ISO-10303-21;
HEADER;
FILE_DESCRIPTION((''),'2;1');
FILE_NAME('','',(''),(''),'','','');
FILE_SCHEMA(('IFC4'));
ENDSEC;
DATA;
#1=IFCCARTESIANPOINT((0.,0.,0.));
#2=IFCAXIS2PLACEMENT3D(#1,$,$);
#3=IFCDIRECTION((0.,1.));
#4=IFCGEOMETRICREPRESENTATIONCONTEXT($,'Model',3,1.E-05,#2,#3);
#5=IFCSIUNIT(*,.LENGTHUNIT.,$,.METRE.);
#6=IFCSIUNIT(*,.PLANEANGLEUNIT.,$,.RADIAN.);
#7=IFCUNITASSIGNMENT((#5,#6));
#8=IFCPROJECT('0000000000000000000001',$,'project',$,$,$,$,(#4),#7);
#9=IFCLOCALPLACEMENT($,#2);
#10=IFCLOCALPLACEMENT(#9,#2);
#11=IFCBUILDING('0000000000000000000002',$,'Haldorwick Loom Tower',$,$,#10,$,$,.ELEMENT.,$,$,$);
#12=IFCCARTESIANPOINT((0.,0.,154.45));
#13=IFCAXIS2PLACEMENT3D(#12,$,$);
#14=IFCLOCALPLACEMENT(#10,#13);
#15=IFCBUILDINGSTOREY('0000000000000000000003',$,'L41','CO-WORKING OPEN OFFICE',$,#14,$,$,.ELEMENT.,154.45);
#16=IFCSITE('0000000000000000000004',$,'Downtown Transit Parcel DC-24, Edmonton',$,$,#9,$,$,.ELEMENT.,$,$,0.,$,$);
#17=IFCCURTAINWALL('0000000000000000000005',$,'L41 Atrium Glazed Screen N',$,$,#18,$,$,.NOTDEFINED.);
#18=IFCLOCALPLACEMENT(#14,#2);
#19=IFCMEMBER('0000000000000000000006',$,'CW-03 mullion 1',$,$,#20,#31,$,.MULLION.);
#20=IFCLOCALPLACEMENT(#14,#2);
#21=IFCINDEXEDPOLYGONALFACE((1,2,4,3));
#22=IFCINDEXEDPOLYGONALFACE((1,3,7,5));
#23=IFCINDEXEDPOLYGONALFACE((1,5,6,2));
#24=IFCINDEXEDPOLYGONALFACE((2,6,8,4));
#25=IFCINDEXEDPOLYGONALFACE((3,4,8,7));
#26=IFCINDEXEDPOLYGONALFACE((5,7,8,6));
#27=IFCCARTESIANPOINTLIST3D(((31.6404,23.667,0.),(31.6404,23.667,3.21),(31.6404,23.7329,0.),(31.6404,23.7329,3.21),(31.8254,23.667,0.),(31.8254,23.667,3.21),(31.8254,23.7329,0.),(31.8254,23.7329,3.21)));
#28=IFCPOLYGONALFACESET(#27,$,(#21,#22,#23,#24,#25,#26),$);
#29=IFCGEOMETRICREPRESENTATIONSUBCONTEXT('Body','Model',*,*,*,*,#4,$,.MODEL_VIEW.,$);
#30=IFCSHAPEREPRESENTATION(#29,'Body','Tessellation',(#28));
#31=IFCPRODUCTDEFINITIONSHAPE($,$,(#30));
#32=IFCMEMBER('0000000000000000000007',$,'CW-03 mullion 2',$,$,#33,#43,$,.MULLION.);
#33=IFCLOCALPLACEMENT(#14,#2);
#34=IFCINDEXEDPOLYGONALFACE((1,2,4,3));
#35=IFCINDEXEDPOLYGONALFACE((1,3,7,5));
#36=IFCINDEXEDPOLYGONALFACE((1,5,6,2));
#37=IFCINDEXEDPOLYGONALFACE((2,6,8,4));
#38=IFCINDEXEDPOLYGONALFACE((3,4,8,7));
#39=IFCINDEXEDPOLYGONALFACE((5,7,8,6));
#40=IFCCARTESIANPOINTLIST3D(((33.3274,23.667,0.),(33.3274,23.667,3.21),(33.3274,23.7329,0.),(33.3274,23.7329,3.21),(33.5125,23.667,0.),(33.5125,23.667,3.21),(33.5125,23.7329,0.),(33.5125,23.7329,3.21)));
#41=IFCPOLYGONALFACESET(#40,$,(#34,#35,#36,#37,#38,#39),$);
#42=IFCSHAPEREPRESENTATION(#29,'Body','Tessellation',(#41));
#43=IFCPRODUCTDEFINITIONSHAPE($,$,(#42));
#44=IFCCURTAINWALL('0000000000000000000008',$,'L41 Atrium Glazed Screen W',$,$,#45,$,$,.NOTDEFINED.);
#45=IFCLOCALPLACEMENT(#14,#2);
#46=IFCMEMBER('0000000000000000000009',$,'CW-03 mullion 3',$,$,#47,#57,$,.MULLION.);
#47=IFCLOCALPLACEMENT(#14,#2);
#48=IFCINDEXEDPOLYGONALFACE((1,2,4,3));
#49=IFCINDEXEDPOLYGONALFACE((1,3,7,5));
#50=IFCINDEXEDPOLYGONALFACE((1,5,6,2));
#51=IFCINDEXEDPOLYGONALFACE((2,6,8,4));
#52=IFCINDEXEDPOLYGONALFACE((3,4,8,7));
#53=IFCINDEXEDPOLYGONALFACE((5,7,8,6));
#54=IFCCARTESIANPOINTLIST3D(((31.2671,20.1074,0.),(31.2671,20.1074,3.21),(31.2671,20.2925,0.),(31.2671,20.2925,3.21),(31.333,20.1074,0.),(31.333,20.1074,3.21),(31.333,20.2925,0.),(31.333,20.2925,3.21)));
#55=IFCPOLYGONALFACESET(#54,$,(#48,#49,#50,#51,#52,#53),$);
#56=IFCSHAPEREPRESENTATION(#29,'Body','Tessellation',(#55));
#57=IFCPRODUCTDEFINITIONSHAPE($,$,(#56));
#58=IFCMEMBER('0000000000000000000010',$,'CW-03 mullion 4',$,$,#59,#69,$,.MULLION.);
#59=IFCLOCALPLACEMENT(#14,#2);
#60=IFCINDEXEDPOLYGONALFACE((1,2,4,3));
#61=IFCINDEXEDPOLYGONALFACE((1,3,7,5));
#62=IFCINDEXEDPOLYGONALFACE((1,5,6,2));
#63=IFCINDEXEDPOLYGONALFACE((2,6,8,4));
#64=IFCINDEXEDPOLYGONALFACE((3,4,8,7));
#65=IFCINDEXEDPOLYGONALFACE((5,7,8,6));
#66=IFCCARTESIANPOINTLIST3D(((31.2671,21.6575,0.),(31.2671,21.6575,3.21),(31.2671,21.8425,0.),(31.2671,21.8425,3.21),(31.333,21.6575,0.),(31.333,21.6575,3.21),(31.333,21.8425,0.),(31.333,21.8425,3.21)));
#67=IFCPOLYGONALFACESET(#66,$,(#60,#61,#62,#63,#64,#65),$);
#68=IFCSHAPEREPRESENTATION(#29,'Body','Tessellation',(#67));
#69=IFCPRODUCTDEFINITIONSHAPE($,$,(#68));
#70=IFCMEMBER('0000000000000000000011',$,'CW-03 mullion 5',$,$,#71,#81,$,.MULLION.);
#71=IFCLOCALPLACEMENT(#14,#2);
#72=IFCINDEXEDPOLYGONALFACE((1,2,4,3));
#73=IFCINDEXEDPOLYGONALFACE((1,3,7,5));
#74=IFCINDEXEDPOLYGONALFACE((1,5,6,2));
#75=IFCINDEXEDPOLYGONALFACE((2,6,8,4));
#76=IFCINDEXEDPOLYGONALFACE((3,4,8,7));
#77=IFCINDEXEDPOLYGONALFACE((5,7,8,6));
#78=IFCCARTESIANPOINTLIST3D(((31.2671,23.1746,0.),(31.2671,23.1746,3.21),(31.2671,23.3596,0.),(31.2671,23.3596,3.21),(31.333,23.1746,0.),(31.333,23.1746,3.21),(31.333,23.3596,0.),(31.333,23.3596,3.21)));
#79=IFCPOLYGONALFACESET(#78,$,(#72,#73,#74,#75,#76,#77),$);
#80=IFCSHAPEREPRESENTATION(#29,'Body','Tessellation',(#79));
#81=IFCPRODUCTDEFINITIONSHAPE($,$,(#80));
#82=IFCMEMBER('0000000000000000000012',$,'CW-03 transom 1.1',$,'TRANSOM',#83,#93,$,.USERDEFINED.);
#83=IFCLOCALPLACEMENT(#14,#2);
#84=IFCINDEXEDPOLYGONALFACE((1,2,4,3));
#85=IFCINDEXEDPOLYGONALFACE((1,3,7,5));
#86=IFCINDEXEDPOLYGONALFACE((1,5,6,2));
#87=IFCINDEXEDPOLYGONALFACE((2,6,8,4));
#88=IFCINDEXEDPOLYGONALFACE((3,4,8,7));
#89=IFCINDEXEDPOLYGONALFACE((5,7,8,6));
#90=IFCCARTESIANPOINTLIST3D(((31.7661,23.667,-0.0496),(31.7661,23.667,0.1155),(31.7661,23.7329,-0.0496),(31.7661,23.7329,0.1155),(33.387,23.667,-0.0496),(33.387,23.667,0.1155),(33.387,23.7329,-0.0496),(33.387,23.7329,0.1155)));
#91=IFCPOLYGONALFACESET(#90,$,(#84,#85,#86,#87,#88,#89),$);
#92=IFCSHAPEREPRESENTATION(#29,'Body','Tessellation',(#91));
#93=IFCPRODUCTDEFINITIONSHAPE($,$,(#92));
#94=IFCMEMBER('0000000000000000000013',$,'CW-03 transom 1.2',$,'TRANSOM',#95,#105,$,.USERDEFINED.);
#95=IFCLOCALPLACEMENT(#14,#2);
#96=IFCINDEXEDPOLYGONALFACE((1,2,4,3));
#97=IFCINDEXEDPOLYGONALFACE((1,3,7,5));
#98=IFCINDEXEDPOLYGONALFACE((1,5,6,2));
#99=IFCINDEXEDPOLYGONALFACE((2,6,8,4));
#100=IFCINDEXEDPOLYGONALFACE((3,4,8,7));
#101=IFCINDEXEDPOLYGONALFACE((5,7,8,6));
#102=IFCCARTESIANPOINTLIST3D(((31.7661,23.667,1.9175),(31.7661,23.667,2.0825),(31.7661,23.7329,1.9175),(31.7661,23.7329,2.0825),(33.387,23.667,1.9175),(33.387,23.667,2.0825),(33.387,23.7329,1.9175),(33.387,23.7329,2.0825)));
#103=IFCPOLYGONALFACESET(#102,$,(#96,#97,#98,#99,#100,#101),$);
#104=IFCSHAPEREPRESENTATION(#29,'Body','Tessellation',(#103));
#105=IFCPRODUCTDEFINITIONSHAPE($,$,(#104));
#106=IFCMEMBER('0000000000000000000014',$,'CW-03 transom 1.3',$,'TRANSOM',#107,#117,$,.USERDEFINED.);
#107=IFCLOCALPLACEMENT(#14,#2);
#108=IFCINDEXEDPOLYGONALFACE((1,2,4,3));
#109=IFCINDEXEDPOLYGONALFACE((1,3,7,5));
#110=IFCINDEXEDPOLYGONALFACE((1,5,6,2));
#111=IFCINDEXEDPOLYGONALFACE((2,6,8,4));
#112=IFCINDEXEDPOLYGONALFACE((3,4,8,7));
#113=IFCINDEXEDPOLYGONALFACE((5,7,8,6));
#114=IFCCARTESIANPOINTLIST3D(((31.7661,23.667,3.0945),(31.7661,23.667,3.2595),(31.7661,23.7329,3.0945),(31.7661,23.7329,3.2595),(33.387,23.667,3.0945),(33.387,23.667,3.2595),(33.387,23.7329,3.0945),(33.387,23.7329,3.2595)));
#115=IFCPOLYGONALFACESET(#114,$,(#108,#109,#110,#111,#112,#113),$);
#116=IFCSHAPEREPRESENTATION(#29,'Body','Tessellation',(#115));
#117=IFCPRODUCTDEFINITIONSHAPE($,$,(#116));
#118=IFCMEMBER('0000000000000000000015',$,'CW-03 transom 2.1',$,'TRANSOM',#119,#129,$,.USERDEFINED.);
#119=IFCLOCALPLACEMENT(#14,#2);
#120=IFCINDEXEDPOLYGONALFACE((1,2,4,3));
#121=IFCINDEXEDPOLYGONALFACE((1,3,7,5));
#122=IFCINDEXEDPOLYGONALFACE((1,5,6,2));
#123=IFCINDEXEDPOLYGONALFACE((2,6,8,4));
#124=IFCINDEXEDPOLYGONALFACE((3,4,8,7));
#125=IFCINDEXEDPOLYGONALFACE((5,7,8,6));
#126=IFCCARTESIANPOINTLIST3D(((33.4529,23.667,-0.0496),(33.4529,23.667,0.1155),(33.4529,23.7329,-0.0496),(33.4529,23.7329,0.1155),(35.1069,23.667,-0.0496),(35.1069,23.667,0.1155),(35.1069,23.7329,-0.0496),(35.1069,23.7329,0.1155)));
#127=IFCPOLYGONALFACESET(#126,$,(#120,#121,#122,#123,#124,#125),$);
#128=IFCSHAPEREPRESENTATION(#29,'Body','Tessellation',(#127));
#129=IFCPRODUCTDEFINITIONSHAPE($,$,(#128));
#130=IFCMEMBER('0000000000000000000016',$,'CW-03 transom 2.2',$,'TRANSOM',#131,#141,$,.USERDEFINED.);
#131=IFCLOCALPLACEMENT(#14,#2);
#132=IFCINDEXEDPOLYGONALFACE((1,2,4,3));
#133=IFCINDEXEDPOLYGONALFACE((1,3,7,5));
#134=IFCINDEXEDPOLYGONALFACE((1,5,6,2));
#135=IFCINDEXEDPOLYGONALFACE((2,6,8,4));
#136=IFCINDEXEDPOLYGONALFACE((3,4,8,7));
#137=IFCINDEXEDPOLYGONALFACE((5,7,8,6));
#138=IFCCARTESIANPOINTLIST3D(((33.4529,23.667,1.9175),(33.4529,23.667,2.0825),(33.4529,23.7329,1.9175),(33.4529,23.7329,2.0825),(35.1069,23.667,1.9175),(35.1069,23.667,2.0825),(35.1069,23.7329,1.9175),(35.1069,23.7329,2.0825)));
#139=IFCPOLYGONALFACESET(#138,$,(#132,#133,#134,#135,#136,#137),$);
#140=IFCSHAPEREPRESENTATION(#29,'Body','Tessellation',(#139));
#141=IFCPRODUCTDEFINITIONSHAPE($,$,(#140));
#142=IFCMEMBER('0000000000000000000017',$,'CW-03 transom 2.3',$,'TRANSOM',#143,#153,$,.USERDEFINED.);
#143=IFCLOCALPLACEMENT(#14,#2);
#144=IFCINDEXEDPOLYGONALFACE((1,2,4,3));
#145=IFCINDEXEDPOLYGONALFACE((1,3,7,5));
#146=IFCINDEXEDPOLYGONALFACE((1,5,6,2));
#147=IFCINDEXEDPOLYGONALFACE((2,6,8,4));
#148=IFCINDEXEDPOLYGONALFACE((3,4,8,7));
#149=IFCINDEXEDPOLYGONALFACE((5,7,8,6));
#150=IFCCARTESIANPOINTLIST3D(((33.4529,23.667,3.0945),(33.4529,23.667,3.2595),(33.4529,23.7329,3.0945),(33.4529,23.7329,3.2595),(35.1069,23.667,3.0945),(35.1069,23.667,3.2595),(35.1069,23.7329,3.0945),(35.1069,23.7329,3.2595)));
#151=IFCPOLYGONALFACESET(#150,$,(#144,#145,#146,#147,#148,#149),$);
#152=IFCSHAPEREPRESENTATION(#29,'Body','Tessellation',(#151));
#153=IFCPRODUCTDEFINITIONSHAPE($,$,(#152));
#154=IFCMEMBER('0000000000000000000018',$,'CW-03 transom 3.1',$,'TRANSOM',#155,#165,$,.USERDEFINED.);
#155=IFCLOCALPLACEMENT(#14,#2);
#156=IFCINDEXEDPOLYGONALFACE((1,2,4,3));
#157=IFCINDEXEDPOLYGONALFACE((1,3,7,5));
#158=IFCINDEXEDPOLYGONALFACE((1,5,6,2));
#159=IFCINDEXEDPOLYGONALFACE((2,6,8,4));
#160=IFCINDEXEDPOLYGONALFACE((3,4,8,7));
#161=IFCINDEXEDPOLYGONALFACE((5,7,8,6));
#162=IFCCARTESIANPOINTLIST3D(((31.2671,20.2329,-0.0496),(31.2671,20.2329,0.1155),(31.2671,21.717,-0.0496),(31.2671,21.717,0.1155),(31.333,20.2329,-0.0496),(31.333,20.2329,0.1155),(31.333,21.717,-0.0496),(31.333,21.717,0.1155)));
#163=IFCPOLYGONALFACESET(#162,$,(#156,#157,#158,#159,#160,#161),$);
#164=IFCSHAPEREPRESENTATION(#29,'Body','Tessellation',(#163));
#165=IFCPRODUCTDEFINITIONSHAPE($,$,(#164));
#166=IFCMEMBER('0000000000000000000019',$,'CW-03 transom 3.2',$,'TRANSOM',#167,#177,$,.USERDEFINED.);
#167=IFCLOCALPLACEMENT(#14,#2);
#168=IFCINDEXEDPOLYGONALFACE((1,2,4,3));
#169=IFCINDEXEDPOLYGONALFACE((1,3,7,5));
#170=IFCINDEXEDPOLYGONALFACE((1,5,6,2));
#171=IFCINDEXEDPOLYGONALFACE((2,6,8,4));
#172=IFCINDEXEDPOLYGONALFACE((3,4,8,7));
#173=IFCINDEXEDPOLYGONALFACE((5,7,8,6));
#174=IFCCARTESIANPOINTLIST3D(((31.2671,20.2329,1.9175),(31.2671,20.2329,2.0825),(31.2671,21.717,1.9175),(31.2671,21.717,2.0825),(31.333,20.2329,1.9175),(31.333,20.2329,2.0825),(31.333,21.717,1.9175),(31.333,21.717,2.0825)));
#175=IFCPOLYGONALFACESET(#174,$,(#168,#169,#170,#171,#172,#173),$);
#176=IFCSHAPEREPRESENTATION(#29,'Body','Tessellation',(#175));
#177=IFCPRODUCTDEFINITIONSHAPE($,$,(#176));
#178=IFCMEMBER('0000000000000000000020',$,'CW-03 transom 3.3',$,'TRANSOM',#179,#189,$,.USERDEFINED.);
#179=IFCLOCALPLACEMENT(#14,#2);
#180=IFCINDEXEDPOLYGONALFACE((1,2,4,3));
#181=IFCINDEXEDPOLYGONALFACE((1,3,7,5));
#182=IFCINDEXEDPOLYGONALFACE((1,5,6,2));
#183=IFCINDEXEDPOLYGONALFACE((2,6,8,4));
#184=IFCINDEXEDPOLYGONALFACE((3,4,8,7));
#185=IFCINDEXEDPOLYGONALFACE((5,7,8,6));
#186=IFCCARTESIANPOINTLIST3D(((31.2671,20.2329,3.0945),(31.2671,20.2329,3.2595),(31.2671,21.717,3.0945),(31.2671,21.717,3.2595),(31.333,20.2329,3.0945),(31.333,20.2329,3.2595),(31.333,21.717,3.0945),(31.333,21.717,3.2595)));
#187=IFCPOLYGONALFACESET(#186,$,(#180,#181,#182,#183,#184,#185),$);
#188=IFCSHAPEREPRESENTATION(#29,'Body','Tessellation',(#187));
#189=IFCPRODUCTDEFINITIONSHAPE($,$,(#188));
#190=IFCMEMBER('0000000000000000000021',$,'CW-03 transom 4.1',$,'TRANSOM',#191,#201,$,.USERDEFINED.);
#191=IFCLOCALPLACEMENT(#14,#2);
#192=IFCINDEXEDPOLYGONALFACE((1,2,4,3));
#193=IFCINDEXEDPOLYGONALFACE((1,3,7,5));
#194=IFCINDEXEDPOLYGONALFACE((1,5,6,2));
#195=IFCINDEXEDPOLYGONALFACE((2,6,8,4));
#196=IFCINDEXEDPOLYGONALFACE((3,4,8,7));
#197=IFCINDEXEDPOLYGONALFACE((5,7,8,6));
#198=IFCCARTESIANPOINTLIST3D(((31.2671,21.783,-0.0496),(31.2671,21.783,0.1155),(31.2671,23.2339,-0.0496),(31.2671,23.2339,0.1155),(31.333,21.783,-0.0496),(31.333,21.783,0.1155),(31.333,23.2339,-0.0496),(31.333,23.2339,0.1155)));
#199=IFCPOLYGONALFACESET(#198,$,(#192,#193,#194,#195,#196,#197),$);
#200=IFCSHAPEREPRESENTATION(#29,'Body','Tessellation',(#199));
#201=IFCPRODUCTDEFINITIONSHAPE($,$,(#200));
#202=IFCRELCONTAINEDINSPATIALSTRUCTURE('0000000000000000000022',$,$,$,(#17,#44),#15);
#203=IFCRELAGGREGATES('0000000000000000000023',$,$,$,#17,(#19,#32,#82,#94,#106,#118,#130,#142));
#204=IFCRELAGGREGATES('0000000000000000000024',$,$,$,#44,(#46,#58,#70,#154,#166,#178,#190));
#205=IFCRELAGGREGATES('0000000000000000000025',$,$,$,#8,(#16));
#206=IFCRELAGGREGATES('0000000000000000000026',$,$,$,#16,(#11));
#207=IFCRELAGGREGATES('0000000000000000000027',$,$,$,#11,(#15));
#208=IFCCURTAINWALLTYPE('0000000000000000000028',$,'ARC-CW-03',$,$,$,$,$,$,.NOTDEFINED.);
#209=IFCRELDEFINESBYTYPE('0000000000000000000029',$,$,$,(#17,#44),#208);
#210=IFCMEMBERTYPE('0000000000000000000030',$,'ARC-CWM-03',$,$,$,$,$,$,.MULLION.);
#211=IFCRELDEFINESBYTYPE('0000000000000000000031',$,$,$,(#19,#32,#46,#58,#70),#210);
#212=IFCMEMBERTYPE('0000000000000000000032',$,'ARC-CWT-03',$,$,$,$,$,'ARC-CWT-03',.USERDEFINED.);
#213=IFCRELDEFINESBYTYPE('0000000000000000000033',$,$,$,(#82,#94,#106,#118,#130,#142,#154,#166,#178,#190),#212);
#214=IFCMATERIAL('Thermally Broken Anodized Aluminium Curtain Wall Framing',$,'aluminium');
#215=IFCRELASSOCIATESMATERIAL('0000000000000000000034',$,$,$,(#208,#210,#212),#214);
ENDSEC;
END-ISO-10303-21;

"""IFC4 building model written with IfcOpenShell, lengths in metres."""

from ifc_helpers import new_model, si_unit, direction, frame, origin, origin_2d, place, context, subcontext, project, spatial, rectangle, extrude, material, material_profile, profile_set, type_object, element, aggregate, save


model = new_model("IFC4")

# Units and contexts
model_context = context("Model", 3, precision=1e-05, world=origin(), true_north=direction((0.0, 1.0)))
body_context = subcontext(model_context, "Body", "Model", "MODEL_VIEW")
ifc_project = project(units=[si_unit("LENGTHUNIT", "METRE"), si_unit("PLANEANGLEUNIT", "RADIAN")], contexts=[model_context])

# Site, building, storey
site_placement = place(None, origin())
site = spatial("IfcSite", under=ifc_project, at=site_placement, Name="Downtown Transit Parcel DC-24, Edmonton", CompositionType="ELEMENT", RefElevation=0.0)
building_placement = place(site_placement, origin())
building = spatial("IfcBuilding", under=site, at=building_placement, Name="Haldorwick Loom Tower", CompositionType="ELEMENT")
storey_placement = place(building_placement, frame((0.0, 0.0, 154.45)))
storey = spatial("IfcBuildingStorey", under=building, at=storey_placement, Name="L41", Description="CO-WORKING OPEN OFFICE", CompositionType="ELEMENT", Elevation=154.45)

# Curtain walls, members
ifc_material_1 = material(Name="Thermally Broken Anodized Aluminium Curtain Wall Framing", Category="aluminium")
curtain_wall_type = type_object("IfcCurtainWallType", Name="ARC-CW-03", PredefinedType="NOTDEFINED", material=ifc_material_1)
curtain_wall_1_placement = place(storey_placement, origin())
curtain_wall_1 = element("IfcCurtainWall", 1, at=curtain_wall_1_placement, inside=storey, type_object=curtain_wall_type, Name="L41 Atrium Glazed Screen N", PredefinedType="NOTDEFINED")
ifc_material_profile_1 = material_profile(ifc_material_1, rectangle(XDim=0.0659, YDim=0.1851, at=origin_2d()), Name="ALU_MUL_66X185", Category="aluminium")
ifc_profile_set_1 = profile_set([ifc_material_profile_1], Name="Thermally Broken Anodized Aluminium Curtain Wall Framing")
member_type_1 = type_object("IfcMemberType", Name="ARC-CWM-03", PredefinedType="MULLION", material=ifc_profile_set_1)
member_1_placement = place(storey_placement, frame((31.7329, 23.7, 0.0), z_axis=(0.0, 0.0, 1.0), x_axis=(0.0, 1.0, 0.0)))
member_1 = element("IfcMember", 2, at=member_1_placement, type_object=member_type_1, Name="CW-03 mullion 1", PredefinedType="MULLION", context=body_context, shape_type="SweptSolid", body=[
    extrude(rectangle(XDim=0.0659, YDim=0.1851, at=origin_2d()), origin(), (0.0, 0.0, 1.0), 3.21),
])
member_2_placement = place(storey_placement, frame((33.4199, 23.7, 0.0), z_axis=(0.0, 0.0, 1.0), x_axis=(0.0, 1.0, 0.0)))
member_2 = element("IfcMember", 3, at=member_2_placement, type_object=member_type_1, Name="CW-03 mullion 2", PredefinedType="MULLION", context=body_context, shape_type="SweptSolid", body=[
    extrude(rectangle(XDim=0.0659, YDim=0.1851, at=origin_2d()), origin(), (0.0, 0.0, 1.0), 3.21),
])
curtain_wall_2_placement = place(storey_placement, origin())
curtain_wall_2 = element("IfcCurtainWall", 4, at=curtain_wall_2_placement, inside=storey, type_object=curtain_wall_type, Name="L41 Atrium Glazed Screen W", PredefinedType="NOTDEFINED")
member_3_placement = place(storey_placement, frame((31.3, 20.2, 0.0), z_axis=(0.0, 0.0, 1.0), x_axis=(-1.0, 0.0, 0.0)))
member_3 = element("IfcMember", 5, at=member_3_placement, type_object=member_type_1, Name="CW-03 mullion 3", PredefinedType="MULLION", context=body_context, shape_type="SweptSolid", body=[
    extrude(rectangle(XDim=0.0659, YDim=0.1851, at=origin_2d()), origin(), (0.0, 0.0, 1.0), 3.21),
])
member_4_placement = place(storey_placement, frame((31.3, 21.75, 0.0), z_axis=(0.0, 0.0, 1.0), x_axis=(-1.0, 0.0, 0.0)))
member_4 = element("IfcMember", 6, at=member_4_placement, type_object=member_type_1, Name="CW-03 mullion 4", PredefinedType="MULLION", context=body_context, shape_type="SweptSolid", body=[
    extrude(rectangle(XDim=0.0659, YDim=0.1851, at=origin_2d()), origin(), (0.0, 0.0, 1.0), 3.21),
])
member_5_placement = place(storey_placement, frame((31.3, 23.2671, 0.0), z_axis=(0.0, 0.0, 1.0), x_axis=(-1.0, 0.0, 0.0)))
member_5 = element("IfcMember", 7, at=member_5_placement, type_object=member_type_1, Name="CW-03 mullion 5", PredefinedType="MULLION", context=body_context, shape_type="SweptSolid", body=[
    extrude(rectangle(XDim=0.0659, YDim=0.1851, at=origin_2d()), origin(), (0.0, 0.0, 1.0), 3.21),
])

# Members
ifc_material_profile_2 = material_profile(ifc_material_1, rectangle(XDim=0.0659, YDim=0.165, at=origin_2d()), Name="ALU_TRN_66X165", Category="aluminium")
ifc_profile_set_2 = profile_set([ifc_material_profile_2], Name="Thermally Broken Anodized Aluminium Curtain Wall Framing")
member_type_2 = type_object("IfcMemberType", Name="ARC-CWT-03", ElementType="ARC-CWT-03", PredefinedType="USERDEFINED", material=ifc_profile_set_2)
member_6_placement = place(storey_placement, frame((31.7661, 23.7, 0.033), z_axis=(1.0, 0.0, 0.0), x_axis=(0.0, 1.0, 0.0)))
member_6 = element("IfcMember", 8, at=member_6_placement, type_object=member_type_2, Name="CW-03 transom 1.1", ObjectType="TRANSOM", PredefinedType="USERDEFINED", context=body_context, shape_type="SweptSolid", body=[
    extrude(rectangle(XDim=0.0659, YDim=0.165, at=origin_2d()), origin(), (0.0, 0.0, 1.0), 1.6208),
])
member_7_placement = place(storey_placement, frame((31.7661, 23.7, 2.0), z_axis=(1.0, 0.0, 0.0), x_axis=(0.0, 1.0, 0.0)))
member_7 = element("IfcMember", 9, at=member_7_placement, type_object=member_type_2, Name="CW-03 transom 1.2", ObjectType="TRANSOM", PredefinedType="USERDEFINED", context=body_context, shape_type="SweptSolid", body=[
    extrude(rectangle(XDim=0.0659, YDim=0.165, at=origin_2d()), origin(), (0.0, 0.0, 1.0), 1.6208),
])
member_8_placement = place(storey_placement, frame((31.7661, 23.7, 3.177), z_axis=(1.0, 0.0, 0.0), x_axis=(0.0, 1.0, 0.0)))
member_8 = element("IfcMember", 10, at=member_8_placement, type_object=member_type_2, Name="CW-03 transom 1.3", ObjectType="TRANSOM", PredefinedType="USERDEFINED", context=body_context, shape_type="SweptSolid", body=[
    extrude(rectangle(XDim=0.0659, YDim=0.165, at=origin_2d()), origin(), (0.0, 0.0, 1.0), 1.6208),
])
member_9_placement = place(storey_placement, frame((33.4529, 23.7, 0.033), z_axis=(1.0, 0.0, 0.0), x_axis=(0.0, 1.0, 0.0)))
member_9 = element("IfcMember", 11, at=member_9_placement, type_object=member_type_2, Name="CW-03 transom 2.1", ObjectType="TRANSOM", PredefinedType="USERDEFINED", context=body_context, shape_type="SweptSolid", body=[
    extrude(rectangle(XDim=0.0659, YDim=0.165, at=origin_2d()), origin(), (0.0, 0.0, 1.0), 1.6541),
])
member_10_placement = place(storey_placement, frame((33.4529, 23.7, 2.0), z_axis=(1.0, 0.0, 0.0), x_axis=(0.0, 1.0, 0.0)))
member_10 = element("IfcMember", 12, at=member_10_placement, type_object=member_type_2, Name="CW-03 transom 2.2", ObjectType="TRANSOM", PredefinedType="USERDEFINED", context=body_context, shape_type="SweptSolid", body=[
    extrude(rectangle(XDim=0.0659, YDim=0.165, at=origin_2d()), origin(), (0.0, 0.0, 1.0), 1.6541),
])
member_11_placement = place(storey_placement, frame((33.4529, 23.7, 3.177), z_axis=(1.0, 0.0, 0.0), x_axis=(0.0, 1.0, 0.0)))
member_11 = element("IfcMember", 13, at=member_11_placement, type_object=member_type_2, Name="CW-03 transom 2.3", ObjectType="TRANSOM", PredefinedType="USERDEFINED", context=body_context, shape_type="SweptSolid", body=[
    extrude(rectangle(XDim=0.0659, YDim=0.165, at=origin_2d()), origin(), (0.0, 0.0, 1.0), 1.6541),
])
member_12_placement = place(storey_placement, frame((31.3, 20.2329, 0.033), z_axis=(0.0, 1.0, 0.0), x_axis=(-1.0, 0.0, 0.0)))
member_12 = element("IfcMember", 14, at=member_12_placement, type_object=member_type_2, Name="CW-03 transom 3.1", ObjectType="TRANSOM", PredefinedType="USERDEFINED", context=body_context, shape_type="SweptSolid", body=[
    extrude(rectangle(XDim=0.0659, YDim=0.165, at=origin_2d()), origin(), (0.0, 0.0, 1.0), 1.4841),
])
member_13_placement = place(storey_placement, frame((31.3, 20.2329, 2.0), z_axis=(0.0, 1.0, 0.0), x_axis=(-1.0, 0.0, 0.0)))
member_13 = element("IfcMember", 15, at=member_13_placement, type_object=member_type_2, Name="CW-03 transom 3.2", ObjectType="TRANSOM", PredefinedType="USERDEFINED", context=body_context, shape_type="SweptSolid", body=[
    extrude(rectangle(XDim=0.0659, YDim=0.165, at=origin_2d()), origin(), (0.0, 0.0, 1.0), 1.4841),
])
member_14_placement = place(storey_placement, frame((31.3, 20.2329, 3.177), z_axis=(0.0, 1.0, 0.0), x_axis=(-1.0, 0.0, 0.0)))
member_14 = element("IfcMember", 16, at=member_14_placement, type_object=member_type_2, Name="CW-03 transom 3.3", ObjectType="TRANSOM", PredefinedType="USERDEFINED", context=body_context, shape_type="SweptSolid", body=[
    extrude(rectangle(XDim=0.0659, YDim=0.165, at=origin_2d()), origin(), (0.0, 0.0, 1.0), 1.4841),
])
member_15_placement = place(storey_placement, frame((31.3, 21.783, 0.033), z_axis=(0.0, 1.0, 0.0), x_axis=(-1.0, 0.0, 0.0)))
member_15 = element("IfcMember", 17, at=member_15_placement, type_object=member_type_2, Name="CW-03 transom 4.1", ObjectType="TRANSOM", PredefinedType="USERDEFINED", context=body_context, shape_type="SweptSolid", body=[
    extrude(rectangle(XDim=0.0659, YDim=0.165, at=origin_2d()), origin(), (0.0, 0.0, 1.0), 1.4509),
])

aggregate(curtain_wall_1, [member_1, member_2, member_6, member_7, member_8, member_9, member_10, member_11])
aggregate(curtain_wall_2, [member_3, member_4, member_5, member_12, member_13, member_14, member_15])

save(model, "model.ifc")
